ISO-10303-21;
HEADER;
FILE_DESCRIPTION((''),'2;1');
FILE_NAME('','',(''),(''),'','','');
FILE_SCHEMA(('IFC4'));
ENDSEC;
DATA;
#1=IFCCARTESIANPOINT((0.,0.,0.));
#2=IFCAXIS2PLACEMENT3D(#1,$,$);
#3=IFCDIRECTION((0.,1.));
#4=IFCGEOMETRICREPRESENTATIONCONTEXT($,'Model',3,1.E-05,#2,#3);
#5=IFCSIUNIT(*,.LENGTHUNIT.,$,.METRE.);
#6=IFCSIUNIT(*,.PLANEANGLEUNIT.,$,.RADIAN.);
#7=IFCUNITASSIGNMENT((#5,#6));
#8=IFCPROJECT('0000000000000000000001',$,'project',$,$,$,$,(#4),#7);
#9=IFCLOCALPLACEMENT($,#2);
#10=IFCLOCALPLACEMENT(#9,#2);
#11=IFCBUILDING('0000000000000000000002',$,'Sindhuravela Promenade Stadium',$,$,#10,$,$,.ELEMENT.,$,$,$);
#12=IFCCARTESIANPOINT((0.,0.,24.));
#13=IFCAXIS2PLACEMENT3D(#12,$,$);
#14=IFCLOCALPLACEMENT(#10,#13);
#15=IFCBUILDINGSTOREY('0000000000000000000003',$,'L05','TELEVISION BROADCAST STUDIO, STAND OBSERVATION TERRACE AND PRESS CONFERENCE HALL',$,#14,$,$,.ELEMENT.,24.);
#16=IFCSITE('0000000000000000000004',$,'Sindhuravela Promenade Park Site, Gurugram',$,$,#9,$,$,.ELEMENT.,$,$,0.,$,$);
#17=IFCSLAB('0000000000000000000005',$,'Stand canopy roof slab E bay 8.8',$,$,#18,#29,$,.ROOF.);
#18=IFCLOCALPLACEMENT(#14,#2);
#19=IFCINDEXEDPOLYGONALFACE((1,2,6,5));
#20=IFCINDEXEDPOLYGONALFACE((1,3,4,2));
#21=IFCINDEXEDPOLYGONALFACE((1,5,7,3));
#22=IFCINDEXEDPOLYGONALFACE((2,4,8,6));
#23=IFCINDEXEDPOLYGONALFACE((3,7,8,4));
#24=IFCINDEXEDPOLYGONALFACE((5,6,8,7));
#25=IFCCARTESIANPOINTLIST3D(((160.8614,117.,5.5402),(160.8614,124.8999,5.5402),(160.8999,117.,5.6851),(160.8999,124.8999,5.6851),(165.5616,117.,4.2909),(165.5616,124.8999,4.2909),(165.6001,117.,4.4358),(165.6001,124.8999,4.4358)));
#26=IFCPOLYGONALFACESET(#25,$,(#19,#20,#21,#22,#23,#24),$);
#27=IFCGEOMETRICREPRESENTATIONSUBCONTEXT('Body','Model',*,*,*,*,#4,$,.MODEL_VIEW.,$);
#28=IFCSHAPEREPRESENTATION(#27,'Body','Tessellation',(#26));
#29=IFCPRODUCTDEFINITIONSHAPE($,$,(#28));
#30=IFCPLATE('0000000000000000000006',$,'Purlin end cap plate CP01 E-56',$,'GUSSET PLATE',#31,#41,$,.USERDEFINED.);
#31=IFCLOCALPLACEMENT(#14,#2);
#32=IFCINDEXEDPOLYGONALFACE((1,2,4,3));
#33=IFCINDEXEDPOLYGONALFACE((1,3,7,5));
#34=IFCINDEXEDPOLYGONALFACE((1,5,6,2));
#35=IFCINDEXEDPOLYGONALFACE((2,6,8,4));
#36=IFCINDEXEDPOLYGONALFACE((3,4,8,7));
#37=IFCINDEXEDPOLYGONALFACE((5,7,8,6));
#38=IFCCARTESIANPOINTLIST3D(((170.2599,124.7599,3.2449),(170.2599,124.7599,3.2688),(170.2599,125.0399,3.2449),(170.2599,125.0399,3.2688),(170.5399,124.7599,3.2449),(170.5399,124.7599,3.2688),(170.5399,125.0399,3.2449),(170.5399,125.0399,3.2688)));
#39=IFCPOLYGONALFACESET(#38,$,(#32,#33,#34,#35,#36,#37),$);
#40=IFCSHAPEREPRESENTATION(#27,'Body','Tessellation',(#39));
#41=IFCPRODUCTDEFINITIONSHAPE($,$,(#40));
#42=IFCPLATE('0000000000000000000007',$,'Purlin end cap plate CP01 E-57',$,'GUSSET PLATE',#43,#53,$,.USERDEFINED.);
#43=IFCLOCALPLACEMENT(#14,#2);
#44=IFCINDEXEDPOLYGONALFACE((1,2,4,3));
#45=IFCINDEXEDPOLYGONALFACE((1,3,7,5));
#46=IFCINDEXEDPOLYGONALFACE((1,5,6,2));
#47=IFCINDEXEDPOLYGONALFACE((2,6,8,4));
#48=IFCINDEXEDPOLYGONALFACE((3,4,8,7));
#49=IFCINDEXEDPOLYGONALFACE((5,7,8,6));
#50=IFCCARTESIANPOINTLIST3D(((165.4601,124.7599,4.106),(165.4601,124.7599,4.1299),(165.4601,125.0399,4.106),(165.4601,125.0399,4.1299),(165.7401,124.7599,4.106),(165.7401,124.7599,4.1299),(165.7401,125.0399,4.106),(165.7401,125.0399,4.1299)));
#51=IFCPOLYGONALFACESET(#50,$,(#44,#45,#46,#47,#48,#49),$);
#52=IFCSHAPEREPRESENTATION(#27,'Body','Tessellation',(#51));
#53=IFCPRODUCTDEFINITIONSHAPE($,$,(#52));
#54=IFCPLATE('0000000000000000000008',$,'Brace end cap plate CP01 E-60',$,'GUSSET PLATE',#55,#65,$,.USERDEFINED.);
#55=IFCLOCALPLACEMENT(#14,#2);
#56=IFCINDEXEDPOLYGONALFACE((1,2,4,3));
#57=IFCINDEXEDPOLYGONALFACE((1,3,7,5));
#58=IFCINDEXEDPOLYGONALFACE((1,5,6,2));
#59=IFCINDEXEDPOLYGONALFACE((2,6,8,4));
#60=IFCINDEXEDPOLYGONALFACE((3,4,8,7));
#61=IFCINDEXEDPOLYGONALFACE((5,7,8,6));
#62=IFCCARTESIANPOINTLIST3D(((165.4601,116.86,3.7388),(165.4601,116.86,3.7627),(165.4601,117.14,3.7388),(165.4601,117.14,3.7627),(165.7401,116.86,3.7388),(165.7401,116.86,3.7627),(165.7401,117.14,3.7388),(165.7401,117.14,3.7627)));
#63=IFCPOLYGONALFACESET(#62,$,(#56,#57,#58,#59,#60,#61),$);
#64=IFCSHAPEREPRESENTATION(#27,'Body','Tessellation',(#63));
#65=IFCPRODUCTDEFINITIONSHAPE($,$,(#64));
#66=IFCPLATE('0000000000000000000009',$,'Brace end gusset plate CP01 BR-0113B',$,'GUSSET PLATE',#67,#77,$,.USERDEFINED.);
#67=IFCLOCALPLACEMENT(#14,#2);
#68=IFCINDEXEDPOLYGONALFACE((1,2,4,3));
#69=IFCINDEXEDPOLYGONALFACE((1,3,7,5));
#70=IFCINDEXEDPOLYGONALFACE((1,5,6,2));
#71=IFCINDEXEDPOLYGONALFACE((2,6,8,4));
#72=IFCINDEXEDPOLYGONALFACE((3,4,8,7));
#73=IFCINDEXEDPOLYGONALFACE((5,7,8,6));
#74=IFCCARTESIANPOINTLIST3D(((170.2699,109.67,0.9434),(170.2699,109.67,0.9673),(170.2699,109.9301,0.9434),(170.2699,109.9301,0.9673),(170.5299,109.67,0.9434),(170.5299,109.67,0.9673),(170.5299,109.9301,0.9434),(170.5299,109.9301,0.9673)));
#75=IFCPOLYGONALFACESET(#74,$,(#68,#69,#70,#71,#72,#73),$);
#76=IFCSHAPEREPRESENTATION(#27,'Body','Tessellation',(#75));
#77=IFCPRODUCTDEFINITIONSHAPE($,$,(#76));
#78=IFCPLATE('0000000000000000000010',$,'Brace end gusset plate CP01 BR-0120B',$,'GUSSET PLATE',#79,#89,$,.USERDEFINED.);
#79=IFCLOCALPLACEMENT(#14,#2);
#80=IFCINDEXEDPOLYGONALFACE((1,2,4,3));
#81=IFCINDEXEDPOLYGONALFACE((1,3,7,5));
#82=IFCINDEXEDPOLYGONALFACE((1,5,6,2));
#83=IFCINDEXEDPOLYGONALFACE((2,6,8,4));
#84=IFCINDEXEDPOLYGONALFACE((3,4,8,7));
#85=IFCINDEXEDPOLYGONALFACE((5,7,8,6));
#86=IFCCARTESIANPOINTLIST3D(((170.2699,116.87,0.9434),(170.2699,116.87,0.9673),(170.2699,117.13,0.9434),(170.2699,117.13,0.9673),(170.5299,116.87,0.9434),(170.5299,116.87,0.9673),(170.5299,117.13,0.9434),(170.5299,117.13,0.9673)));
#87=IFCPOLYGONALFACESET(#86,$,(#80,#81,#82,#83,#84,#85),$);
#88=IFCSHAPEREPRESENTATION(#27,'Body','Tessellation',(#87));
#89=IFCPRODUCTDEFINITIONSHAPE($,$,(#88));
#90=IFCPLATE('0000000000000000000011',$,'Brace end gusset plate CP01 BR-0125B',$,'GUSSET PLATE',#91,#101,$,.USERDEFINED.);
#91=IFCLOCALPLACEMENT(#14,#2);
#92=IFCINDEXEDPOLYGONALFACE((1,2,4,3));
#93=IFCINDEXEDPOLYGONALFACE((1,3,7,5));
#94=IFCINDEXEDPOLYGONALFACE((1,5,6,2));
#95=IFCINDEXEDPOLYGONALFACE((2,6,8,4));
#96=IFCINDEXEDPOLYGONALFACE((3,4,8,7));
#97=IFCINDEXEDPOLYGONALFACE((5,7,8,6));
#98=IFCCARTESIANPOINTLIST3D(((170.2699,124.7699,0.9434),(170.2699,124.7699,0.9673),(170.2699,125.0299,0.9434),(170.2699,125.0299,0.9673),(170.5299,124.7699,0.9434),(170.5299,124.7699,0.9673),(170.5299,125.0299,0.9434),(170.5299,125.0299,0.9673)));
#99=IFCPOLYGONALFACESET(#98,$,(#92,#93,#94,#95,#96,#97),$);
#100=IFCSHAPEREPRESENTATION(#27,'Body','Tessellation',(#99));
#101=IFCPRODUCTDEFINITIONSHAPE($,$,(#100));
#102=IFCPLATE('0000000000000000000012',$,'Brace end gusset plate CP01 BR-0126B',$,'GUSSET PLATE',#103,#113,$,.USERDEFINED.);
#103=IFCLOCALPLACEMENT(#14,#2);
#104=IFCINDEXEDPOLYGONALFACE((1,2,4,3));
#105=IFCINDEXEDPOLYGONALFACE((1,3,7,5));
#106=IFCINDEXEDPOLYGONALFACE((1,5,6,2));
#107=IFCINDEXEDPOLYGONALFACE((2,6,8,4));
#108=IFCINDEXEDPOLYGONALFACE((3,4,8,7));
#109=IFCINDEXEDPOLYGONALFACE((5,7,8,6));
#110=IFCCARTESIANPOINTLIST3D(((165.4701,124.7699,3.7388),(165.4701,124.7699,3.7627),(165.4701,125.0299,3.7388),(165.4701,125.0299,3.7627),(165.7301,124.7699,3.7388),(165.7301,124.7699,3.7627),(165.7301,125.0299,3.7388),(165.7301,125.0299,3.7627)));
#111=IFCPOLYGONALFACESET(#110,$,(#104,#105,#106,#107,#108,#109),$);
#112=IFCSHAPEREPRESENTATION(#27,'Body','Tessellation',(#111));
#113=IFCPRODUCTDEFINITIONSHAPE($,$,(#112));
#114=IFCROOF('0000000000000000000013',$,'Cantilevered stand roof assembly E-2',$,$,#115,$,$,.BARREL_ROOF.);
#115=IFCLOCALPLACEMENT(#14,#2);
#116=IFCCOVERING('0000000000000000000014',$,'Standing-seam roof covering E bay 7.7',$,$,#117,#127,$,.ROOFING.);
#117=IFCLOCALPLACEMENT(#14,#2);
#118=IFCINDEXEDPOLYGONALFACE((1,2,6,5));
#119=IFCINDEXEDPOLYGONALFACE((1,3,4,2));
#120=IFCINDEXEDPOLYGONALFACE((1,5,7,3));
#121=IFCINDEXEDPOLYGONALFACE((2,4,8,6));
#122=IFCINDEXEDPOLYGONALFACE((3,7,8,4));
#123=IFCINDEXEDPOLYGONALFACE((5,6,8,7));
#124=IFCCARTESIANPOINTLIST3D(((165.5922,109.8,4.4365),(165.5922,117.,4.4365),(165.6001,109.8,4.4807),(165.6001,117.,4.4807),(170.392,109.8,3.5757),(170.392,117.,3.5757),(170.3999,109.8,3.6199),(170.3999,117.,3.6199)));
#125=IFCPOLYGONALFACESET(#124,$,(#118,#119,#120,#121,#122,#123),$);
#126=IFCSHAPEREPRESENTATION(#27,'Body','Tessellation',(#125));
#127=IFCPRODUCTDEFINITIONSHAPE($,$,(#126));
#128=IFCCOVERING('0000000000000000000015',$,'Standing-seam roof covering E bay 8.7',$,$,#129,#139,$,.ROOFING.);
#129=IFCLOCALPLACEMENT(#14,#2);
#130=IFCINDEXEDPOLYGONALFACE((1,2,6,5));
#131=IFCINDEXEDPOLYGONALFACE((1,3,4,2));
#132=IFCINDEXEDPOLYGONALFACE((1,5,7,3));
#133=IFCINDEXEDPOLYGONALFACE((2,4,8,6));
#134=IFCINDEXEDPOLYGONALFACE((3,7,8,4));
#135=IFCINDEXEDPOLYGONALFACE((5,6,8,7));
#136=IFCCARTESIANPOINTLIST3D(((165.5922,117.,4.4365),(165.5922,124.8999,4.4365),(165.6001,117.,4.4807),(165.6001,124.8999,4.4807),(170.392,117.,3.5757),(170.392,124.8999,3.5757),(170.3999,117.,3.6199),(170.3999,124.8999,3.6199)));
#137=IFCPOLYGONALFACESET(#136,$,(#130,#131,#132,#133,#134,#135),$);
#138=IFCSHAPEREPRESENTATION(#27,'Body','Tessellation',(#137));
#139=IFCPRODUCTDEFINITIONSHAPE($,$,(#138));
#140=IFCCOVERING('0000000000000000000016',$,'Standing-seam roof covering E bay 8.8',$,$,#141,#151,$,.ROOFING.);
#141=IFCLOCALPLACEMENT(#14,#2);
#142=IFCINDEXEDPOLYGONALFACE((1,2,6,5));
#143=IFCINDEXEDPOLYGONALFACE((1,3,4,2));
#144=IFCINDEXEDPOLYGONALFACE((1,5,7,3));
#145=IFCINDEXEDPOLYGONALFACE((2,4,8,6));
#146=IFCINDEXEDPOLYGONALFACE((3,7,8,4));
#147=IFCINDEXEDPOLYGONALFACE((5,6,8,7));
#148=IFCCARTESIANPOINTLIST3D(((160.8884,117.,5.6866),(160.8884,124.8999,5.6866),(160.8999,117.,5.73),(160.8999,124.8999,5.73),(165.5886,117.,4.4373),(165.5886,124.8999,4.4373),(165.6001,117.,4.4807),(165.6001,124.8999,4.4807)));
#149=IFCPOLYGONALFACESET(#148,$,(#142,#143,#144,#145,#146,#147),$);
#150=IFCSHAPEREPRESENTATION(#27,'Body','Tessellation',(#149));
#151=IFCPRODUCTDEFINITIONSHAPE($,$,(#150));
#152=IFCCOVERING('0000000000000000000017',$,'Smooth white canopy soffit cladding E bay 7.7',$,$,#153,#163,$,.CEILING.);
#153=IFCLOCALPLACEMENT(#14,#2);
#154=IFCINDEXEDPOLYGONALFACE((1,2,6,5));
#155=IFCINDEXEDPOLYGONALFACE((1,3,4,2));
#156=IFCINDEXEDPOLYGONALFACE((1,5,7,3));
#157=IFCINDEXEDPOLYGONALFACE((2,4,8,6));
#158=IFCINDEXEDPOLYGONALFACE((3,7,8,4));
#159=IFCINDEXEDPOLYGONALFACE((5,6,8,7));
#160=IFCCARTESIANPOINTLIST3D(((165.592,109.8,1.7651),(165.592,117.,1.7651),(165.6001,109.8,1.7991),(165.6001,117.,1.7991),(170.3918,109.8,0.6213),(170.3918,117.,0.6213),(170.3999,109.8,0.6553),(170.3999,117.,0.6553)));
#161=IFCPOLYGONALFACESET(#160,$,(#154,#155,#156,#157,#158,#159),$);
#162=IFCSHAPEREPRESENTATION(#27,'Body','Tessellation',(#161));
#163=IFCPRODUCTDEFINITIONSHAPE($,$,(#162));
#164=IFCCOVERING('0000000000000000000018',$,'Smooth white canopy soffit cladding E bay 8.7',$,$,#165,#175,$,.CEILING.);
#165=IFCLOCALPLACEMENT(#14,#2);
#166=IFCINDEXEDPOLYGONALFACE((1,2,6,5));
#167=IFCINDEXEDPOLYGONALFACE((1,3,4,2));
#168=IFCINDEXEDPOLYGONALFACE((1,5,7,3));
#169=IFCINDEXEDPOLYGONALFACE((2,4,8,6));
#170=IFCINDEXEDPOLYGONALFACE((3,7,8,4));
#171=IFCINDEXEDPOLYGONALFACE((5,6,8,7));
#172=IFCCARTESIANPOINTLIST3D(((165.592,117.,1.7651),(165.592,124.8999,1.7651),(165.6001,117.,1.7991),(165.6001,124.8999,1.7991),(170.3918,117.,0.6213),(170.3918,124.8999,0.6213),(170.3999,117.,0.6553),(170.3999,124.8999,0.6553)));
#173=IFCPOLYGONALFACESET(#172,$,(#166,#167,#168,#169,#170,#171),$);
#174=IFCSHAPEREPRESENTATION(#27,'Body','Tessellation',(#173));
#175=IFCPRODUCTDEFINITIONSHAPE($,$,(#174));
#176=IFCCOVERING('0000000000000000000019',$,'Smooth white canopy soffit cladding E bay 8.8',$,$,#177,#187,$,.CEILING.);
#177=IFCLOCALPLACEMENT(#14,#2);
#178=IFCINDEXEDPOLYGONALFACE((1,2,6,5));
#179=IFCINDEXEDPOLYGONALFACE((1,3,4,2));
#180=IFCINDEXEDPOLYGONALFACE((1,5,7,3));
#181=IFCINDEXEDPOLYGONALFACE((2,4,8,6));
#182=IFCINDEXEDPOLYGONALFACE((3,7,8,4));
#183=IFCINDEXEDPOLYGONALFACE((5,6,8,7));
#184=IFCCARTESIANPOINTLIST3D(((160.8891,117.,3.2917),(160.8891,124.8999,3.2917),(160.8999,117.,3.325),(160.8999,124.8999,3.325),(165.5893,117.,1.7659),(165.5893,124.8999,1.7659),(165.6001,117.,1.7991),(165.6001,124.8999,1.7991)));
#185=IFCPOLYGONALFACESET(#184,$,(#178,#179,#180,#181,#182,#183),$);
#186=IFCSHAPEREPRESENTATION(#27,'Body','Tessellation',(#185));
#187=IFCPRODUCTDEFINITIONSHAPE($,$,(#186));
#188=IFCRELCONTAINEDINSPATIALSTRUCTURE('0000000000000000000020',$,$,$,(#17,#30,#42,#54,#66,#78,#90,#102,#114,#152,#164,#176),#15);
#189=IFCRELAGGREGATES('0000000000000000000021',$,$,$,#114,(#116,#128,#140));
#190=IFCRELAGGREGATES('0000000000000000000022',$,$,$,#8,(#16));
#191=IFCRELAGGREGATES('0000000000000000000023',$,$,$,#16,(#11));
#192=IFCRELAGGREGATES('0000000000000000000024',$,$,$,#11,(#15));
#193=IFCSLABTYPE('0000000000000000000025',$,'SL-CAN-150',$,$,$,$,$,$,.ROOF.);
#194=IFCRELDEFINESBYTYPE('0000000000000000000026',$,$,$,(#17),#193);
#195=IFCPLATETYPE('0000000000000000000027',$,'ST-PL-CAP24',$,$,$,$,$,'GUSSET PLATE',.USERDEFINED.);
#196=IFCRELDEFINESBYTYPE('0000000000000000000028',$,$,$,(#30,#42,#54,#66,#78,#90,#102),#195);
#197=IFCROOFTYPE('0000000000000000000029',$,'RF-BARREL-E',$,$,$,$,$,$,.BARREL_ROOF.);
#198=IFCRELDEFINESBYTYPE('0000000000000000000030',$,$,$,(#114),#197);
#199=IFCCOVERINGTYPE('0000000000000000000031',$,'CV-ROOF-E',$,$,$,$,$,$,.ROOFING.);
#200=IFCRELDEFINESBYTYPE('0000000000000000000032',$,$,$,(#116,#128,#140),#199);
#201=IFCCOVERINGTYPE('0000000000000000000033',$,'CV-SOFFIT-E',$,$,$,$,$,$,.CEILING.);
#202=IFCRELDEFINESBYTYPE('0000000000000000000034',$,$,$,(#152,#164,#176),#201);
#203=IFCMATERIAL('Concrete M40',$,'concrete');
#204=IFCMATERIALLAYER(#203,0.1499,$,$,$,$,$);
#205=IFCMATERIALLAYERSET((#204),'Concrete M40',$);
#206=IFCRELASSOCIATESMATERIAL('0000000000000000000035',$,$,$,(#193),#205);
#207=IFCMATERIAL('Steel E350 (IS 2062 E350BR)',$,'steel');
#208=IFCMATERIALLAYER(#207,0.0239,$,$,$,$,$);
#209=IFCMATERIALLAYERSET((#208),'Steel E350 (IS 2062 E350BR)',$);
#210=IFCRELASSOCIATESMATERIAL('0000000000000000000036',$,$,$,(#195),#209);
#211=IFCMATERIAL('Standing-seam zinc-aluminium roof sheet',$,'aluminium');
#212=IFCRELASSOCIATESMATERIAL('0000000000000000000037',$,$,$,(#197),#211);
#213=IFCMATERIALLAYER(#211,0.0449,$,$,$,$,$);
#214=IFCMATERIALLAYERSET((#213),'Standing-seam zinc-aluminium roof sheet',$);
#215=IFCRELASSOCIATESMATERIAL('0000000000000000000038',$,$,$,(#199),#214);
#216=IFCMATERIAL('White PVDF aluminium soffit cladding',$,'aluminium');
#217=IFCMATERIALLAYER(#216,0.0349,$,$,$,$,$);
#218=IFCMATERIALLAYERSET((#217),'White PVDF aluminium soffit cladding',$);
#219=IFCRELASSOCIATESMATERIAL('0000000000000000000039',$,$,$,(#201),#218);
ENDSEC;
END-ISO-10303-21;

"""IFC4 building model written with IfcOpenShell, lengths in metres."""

from ifc_helpers import new_model, si_unit, direction, frame, origin, origin_2d, place, context, subcontext, project, spatial, polyline, rectangle, outline, extrude, material, layer, layer_set, type_object, element, aggregate, save


model = new_model("IFC4")

# Units and contexts
model_context = context("Model", 3, precision=1e-05, world=origin(), true_north=direction((0.0, 1.0)))
body_context = subcontext(model_context, "Body", "Model", "MODEL_VIEW")
ifc_project = project(units=[si_unit("LENGTHUNIT", "METRE"), si_unit("PLANEANGLEUNIT", "RADIAN")], contexts=[model_context])

# Site, building, storey
site_placement = place(None, origin())
site = spatial("IfcSite", under=ifc_project, at=site_placement, Name="Sindhuravela Promenade Park Site, Gurugram", CompositionType="ELEMENT", RefElevation=0.0)
building_placement = place(site_placement, origin())
building = spatial("IfcBuilding", under=site, at=building_placement, Name="Sindhuravela Promenade Stadium", CompositionType="ELEMENT")
storey_placement = place(building_placement, frame((0.0, 0.0, 24.0)))
storey = spatial("IfcBuildingStorey", under=building, at=storey_placement, Name="L05", Description="TELEVISION BROADCAST STUDIO, STAND OBSERVATION TERRACE AND PRESS CONFERENCE HALL", CompositionType="ELEMENT", Elevation=24.0)

# Shared definitions
ifc_material_1 = material(Name="Steel E350 (IS 2062 E350BR)", Category="steel")

# Slab
ifc_material_2 = material(Name="Concrete M40", Category="concrete")
ifc_layer_1 = layer(ifc_material_2, 0.1499)
ifc_layer_set_1 = layer_set([ifc_layer_1], Name="Concrete M40")
slab_type = type_object("IfcSlabType", Name="SL-CAN-150", PredefinedType="ROOF", material=ifc_layer_set_1)
slab_1_placement = place(storey_placement, frame((165.6001, 117.0, 4.4358), z_axis=(0.256872, 0.0, 0.966445), x_axis=(0.0, 1.0, 0.0)))
element("IfcSlab", 1, at=slab_1_placement, inside=storey, type_object=slab_type, Name="Stand canopy roof slab E bay 8.8", PredefinedType="ROOF", context=body_context, shape_type="SweptSolid", body=[
    extrude(outline(polyline([(0.0, 0.0), (7.8999, 0.0), (7.8999, 4.8634), (0.0, 4.8634), (0.0, 0.0)])), origin(), (0.0, 0.0, -1.0), 0.1499),
])

# Plates
ifc_layer_2 = layer(ifc_material_1, 0.0239)
ifc_layer_set_2 = layer_set([ifc_layer_2], Name="Steel E350 (IS 2062 E350BR)")
plate_type = type_object("IfcPlateType", Name="ST-PL-CAP24", ElementType="GUSSET PLATE", PredefinedType="USERDEFINED", material=ifc_layer_set_2)
for number, where, z_axis, x_axis, name in (
    (2, (170.3999, 124.8999, 3.2449), (0.0, 0.0, 1.0), (1.0, 0.0, 0.0), "Purlin end cap plate CP01 E-56"),
    (3, (165.6001, 124.8999, 4.106), (0.0, 0.0, 1.0), (1.0, 0.0, 0.0), "Purlin end cap plate CP01 E-57"),
    (4, (165.6001, 117.0, 3.7388), (0.0, 0.0, 1.0), (1.0, 0.0, 0.0), "Brace end cap plate CP01 E-60"),
):
    element("IfcPlate", number, at=place(storey_placement, frame(where, z_axis=z_axis, x_axis=x_axis)), inside=storey, type_object=plate_type, Name=name, ObjectType="GUSSET PLATE", PredefinedType="USERDEFINED", context=body_context, shape_type="SweptSolid", body=[
        extrude(rectangle(XDim=0.28, YDim=0.28, at=origin_2d()), origin(), (0.0, 0.0, 1.0), 0.0239),
    ])
for number, where, z_axis, x_axis, name in (
    (5, (170.3999, 109.8, 0.9434), (0.0, 0.0, 1.0), (1.0, 0.0, 0.0), "Brace end gusset plate CP01 BR-0113B"),
    (6, (170.3999, 117.0, 0.9434), (0.0, 0.0, 1.0), (1.0, 0.0, 0.0), "Brace end gusset plate CP01 BR-0120B"),
    (7, (170.3999, 124.8999, 0.9434), (0.0, 0.0, 1.0), (1.0, 0.0, 0.0), "Brace end gusset plate CP01 BR-0125B"),
    (8, (165.6001, 124.8999, 3.7388), (0.0, 0.0, 1.0), (1.0, 0.0, 0.0), "Brace end gusset plate CP01 BR-0126B"),
):
    element("IfcPlate", number, at=place(storey_placement, frame(where, z_axis=z_axis, x_axis=x_axis)), inside=storey, type_object=plate_type, Name=name, ObjectType="GUSSET PLATE", PredefinedType="USERDEFINED", context=body_context, shape_type="SweptSolid", body=[
        extrude(rectangle(XDim=0.26, YDim=0.26, at=origin_2d()), origin(), (0.0, 0.0, 1.0), 0.0239),
    ])

# Roof, coverings
ifc_material_3 = material(Name="Standing-seam zinc-aluminium roof sheet", Category="aluminium")
roof_type = type_object("IfcRoofType", Name="RF-BARREL-E", PredefinedType="BARREL_ROOF", material=ifc_material_3)
roof_placement = place(storey_placement, origin())
roof = element("IfcRoof", 9, at=roof_placement, inside=storey, type_object=roof_type, Name="Cantilevered stand roof assembly E-2", PredefinedType="BARREL_ROOF")
ifc_layer_3 = layer(ifc_material_3, 0.0449)
ifc_layer_set_3 = layer_set([ifc_layer_3], Name="Standing-seam zinc-aluminium roof sheet")
covering_type_1 = type_object("IfcCoveringType", Name="CV-ROOF-E", PredefinedType="ROOFING", material=ifc_layer_set_3)
covering_1_placement = place(storey_placement, frame((170.3999, 109.8, 3.6199), z_axis=(0.176532, 0.0, 0.984295), x_axis=(0.0, 1.0, 0.0)))
covering_1 = element("IfcCovering", 10, at=covering_1_placement, type_object=covering_type_1, Name="Standing-seam roof covering E bay 7.7", PredefinedType="ROOFING", context=body_context, shape_type="SweptSolid", body=[
    extrude(outline(polyline([(0.0, 0.0), (7.2, 0.0), (7.2, 4.8764), (0.0, 4.8764), (0.0, 0.0)])), origin(), (0.0, 0.0, -1.0), 0.0449),
])
covering_2_placement = place(storey_placement, frame((170.3999, 117.0, 3.6199), z_axis=(0.176532, 0.0, 0.984295), x_axis=(0.0, 1.0, 0.0)))
covering_2 = element("IfcCovering", 11, at=covering_2_placement, type_object=covering_type_1, Name="Standing-seam roof covering E bay 8.7", PredefinedType="ROOFING", context=body_context, shape_type="SweptSolid", body=[
    extrude(outline(polyline([(0.0, 0.0), (7.8999, 0.0), (7.8999, 4.8764), (0.0, 4.8764), (0.0, 0.0)])), origin(), (0.0, 0.0, -1.0), 0.0449),
])
covering_3_placement = place(storey_placement, frame((165.6001, 117.0, 4.4807), z_axis=(0.256872, 0.0, 0.966445), x_axis=(0.0, 1.0, 0.0)))
covering_3 = element("IfcCovering", 12, at=covering_3_placement, type_object=covering_type_1, Name="Standing-seam roof covering E bay 8.8", PredefinedType="ROOFING", context=body_context, shape_type="SweptSolid", body=[
    extrude(outline(polyline([(0.0, 0.0), (7.8999, 0.0), (7.8999, 4.8634), (0.0, 4.8634), (0.0, 0.0)])), origin(), (0.0, 0.0, -1.0), 0.0449),
])
aggregate(roof, [covering_1, covering_2, covering_3])

# Coverings
ifc_material_4 = material(Name="White PVDF aluminium soffit cladding", Category="aluminium")
ifc_layer_4 = layer(ifc_material_4, 0.0349)
ifc_layer_set_4 = layer_set([ifc_layer_4], Name="White PVDF aluminium soffit cladding")
covering_type_2 = type_object("IfcCoveringType", Name="CV-SOFFIT-E", PredefinedType="CEILING", material=ifc_layer_set_4)
covering_4_placement = place(storey_placement, frame((170.3999, 109.8, 0.6553), z_axis=(0.23181, 0.0, 0.972761), x_axis=(0.0, 1.0, 0.0)))
element("IfcCovering", 13, at=covering_4_placement, inside=storey, type_object=covering_type_2, Name="Smooth white canopy soffit cladding E bay 7.7", PredefinedType="CEILING", context=body_context, shape_type="SweptSolid", body=[
    extrude(outline(polyline([(0.0, 0.0), (7.2, 0.0), (7.2, 4.9342), (0.0, 4.9342), (0.0, 0.0)])), origin(), (0.0, 0.0, -1.0), 0.0349),
])
covering_5_placement = place(storey_placement, frame((170.3999, 117.0, 0.6553), z_axis=(0.23181, 0.0, 0.972761), x_axis=(0.0, 1.0, 0.0)))
element("IfcCovering", 14, at=covering_5_placement, inside=storey, type_object=covering_type_2, Name="Smooth white canopy soffit cladding E bay 8.7", PredefinedType="CEILING", context=body_context, shape_type="SweptSolid", body=[
    extrude(outline(polyline([(0.0, 0.0), (7.8999, 0.0), (7.8999, 4.9342), (0.0, 4.9342), (0.0, 0.0)])), origin(), (0.0, 0.0, -1.0), 0.0349),
])
covering_6_placement = place(storey_placement, frame((165.6001, 117.0, 1.7991), z_axis=(0.308778, 0.0, 0.951134), x_axis=(0.0, 1.0, 0.0)))
element("IfcCovering", 15, at=covering_6_placement, inside=storey, type_object=covering_type_2, Name="Smooth white canopy soffit cladding E bay 8.8", PredefinedType="CEILING", context=body_context, shape_type="SweptSolid", body=[
    extrude(outline(polyline([(0.0, 0.0), (7.8999, 0.0), (7.8999, 4.9417), (0.0, 4.9417), (0.0, 0.0)])), origin(), (0.0, 0.0, -1.0), 0.0349),
])

save(model, "model.ifc")
